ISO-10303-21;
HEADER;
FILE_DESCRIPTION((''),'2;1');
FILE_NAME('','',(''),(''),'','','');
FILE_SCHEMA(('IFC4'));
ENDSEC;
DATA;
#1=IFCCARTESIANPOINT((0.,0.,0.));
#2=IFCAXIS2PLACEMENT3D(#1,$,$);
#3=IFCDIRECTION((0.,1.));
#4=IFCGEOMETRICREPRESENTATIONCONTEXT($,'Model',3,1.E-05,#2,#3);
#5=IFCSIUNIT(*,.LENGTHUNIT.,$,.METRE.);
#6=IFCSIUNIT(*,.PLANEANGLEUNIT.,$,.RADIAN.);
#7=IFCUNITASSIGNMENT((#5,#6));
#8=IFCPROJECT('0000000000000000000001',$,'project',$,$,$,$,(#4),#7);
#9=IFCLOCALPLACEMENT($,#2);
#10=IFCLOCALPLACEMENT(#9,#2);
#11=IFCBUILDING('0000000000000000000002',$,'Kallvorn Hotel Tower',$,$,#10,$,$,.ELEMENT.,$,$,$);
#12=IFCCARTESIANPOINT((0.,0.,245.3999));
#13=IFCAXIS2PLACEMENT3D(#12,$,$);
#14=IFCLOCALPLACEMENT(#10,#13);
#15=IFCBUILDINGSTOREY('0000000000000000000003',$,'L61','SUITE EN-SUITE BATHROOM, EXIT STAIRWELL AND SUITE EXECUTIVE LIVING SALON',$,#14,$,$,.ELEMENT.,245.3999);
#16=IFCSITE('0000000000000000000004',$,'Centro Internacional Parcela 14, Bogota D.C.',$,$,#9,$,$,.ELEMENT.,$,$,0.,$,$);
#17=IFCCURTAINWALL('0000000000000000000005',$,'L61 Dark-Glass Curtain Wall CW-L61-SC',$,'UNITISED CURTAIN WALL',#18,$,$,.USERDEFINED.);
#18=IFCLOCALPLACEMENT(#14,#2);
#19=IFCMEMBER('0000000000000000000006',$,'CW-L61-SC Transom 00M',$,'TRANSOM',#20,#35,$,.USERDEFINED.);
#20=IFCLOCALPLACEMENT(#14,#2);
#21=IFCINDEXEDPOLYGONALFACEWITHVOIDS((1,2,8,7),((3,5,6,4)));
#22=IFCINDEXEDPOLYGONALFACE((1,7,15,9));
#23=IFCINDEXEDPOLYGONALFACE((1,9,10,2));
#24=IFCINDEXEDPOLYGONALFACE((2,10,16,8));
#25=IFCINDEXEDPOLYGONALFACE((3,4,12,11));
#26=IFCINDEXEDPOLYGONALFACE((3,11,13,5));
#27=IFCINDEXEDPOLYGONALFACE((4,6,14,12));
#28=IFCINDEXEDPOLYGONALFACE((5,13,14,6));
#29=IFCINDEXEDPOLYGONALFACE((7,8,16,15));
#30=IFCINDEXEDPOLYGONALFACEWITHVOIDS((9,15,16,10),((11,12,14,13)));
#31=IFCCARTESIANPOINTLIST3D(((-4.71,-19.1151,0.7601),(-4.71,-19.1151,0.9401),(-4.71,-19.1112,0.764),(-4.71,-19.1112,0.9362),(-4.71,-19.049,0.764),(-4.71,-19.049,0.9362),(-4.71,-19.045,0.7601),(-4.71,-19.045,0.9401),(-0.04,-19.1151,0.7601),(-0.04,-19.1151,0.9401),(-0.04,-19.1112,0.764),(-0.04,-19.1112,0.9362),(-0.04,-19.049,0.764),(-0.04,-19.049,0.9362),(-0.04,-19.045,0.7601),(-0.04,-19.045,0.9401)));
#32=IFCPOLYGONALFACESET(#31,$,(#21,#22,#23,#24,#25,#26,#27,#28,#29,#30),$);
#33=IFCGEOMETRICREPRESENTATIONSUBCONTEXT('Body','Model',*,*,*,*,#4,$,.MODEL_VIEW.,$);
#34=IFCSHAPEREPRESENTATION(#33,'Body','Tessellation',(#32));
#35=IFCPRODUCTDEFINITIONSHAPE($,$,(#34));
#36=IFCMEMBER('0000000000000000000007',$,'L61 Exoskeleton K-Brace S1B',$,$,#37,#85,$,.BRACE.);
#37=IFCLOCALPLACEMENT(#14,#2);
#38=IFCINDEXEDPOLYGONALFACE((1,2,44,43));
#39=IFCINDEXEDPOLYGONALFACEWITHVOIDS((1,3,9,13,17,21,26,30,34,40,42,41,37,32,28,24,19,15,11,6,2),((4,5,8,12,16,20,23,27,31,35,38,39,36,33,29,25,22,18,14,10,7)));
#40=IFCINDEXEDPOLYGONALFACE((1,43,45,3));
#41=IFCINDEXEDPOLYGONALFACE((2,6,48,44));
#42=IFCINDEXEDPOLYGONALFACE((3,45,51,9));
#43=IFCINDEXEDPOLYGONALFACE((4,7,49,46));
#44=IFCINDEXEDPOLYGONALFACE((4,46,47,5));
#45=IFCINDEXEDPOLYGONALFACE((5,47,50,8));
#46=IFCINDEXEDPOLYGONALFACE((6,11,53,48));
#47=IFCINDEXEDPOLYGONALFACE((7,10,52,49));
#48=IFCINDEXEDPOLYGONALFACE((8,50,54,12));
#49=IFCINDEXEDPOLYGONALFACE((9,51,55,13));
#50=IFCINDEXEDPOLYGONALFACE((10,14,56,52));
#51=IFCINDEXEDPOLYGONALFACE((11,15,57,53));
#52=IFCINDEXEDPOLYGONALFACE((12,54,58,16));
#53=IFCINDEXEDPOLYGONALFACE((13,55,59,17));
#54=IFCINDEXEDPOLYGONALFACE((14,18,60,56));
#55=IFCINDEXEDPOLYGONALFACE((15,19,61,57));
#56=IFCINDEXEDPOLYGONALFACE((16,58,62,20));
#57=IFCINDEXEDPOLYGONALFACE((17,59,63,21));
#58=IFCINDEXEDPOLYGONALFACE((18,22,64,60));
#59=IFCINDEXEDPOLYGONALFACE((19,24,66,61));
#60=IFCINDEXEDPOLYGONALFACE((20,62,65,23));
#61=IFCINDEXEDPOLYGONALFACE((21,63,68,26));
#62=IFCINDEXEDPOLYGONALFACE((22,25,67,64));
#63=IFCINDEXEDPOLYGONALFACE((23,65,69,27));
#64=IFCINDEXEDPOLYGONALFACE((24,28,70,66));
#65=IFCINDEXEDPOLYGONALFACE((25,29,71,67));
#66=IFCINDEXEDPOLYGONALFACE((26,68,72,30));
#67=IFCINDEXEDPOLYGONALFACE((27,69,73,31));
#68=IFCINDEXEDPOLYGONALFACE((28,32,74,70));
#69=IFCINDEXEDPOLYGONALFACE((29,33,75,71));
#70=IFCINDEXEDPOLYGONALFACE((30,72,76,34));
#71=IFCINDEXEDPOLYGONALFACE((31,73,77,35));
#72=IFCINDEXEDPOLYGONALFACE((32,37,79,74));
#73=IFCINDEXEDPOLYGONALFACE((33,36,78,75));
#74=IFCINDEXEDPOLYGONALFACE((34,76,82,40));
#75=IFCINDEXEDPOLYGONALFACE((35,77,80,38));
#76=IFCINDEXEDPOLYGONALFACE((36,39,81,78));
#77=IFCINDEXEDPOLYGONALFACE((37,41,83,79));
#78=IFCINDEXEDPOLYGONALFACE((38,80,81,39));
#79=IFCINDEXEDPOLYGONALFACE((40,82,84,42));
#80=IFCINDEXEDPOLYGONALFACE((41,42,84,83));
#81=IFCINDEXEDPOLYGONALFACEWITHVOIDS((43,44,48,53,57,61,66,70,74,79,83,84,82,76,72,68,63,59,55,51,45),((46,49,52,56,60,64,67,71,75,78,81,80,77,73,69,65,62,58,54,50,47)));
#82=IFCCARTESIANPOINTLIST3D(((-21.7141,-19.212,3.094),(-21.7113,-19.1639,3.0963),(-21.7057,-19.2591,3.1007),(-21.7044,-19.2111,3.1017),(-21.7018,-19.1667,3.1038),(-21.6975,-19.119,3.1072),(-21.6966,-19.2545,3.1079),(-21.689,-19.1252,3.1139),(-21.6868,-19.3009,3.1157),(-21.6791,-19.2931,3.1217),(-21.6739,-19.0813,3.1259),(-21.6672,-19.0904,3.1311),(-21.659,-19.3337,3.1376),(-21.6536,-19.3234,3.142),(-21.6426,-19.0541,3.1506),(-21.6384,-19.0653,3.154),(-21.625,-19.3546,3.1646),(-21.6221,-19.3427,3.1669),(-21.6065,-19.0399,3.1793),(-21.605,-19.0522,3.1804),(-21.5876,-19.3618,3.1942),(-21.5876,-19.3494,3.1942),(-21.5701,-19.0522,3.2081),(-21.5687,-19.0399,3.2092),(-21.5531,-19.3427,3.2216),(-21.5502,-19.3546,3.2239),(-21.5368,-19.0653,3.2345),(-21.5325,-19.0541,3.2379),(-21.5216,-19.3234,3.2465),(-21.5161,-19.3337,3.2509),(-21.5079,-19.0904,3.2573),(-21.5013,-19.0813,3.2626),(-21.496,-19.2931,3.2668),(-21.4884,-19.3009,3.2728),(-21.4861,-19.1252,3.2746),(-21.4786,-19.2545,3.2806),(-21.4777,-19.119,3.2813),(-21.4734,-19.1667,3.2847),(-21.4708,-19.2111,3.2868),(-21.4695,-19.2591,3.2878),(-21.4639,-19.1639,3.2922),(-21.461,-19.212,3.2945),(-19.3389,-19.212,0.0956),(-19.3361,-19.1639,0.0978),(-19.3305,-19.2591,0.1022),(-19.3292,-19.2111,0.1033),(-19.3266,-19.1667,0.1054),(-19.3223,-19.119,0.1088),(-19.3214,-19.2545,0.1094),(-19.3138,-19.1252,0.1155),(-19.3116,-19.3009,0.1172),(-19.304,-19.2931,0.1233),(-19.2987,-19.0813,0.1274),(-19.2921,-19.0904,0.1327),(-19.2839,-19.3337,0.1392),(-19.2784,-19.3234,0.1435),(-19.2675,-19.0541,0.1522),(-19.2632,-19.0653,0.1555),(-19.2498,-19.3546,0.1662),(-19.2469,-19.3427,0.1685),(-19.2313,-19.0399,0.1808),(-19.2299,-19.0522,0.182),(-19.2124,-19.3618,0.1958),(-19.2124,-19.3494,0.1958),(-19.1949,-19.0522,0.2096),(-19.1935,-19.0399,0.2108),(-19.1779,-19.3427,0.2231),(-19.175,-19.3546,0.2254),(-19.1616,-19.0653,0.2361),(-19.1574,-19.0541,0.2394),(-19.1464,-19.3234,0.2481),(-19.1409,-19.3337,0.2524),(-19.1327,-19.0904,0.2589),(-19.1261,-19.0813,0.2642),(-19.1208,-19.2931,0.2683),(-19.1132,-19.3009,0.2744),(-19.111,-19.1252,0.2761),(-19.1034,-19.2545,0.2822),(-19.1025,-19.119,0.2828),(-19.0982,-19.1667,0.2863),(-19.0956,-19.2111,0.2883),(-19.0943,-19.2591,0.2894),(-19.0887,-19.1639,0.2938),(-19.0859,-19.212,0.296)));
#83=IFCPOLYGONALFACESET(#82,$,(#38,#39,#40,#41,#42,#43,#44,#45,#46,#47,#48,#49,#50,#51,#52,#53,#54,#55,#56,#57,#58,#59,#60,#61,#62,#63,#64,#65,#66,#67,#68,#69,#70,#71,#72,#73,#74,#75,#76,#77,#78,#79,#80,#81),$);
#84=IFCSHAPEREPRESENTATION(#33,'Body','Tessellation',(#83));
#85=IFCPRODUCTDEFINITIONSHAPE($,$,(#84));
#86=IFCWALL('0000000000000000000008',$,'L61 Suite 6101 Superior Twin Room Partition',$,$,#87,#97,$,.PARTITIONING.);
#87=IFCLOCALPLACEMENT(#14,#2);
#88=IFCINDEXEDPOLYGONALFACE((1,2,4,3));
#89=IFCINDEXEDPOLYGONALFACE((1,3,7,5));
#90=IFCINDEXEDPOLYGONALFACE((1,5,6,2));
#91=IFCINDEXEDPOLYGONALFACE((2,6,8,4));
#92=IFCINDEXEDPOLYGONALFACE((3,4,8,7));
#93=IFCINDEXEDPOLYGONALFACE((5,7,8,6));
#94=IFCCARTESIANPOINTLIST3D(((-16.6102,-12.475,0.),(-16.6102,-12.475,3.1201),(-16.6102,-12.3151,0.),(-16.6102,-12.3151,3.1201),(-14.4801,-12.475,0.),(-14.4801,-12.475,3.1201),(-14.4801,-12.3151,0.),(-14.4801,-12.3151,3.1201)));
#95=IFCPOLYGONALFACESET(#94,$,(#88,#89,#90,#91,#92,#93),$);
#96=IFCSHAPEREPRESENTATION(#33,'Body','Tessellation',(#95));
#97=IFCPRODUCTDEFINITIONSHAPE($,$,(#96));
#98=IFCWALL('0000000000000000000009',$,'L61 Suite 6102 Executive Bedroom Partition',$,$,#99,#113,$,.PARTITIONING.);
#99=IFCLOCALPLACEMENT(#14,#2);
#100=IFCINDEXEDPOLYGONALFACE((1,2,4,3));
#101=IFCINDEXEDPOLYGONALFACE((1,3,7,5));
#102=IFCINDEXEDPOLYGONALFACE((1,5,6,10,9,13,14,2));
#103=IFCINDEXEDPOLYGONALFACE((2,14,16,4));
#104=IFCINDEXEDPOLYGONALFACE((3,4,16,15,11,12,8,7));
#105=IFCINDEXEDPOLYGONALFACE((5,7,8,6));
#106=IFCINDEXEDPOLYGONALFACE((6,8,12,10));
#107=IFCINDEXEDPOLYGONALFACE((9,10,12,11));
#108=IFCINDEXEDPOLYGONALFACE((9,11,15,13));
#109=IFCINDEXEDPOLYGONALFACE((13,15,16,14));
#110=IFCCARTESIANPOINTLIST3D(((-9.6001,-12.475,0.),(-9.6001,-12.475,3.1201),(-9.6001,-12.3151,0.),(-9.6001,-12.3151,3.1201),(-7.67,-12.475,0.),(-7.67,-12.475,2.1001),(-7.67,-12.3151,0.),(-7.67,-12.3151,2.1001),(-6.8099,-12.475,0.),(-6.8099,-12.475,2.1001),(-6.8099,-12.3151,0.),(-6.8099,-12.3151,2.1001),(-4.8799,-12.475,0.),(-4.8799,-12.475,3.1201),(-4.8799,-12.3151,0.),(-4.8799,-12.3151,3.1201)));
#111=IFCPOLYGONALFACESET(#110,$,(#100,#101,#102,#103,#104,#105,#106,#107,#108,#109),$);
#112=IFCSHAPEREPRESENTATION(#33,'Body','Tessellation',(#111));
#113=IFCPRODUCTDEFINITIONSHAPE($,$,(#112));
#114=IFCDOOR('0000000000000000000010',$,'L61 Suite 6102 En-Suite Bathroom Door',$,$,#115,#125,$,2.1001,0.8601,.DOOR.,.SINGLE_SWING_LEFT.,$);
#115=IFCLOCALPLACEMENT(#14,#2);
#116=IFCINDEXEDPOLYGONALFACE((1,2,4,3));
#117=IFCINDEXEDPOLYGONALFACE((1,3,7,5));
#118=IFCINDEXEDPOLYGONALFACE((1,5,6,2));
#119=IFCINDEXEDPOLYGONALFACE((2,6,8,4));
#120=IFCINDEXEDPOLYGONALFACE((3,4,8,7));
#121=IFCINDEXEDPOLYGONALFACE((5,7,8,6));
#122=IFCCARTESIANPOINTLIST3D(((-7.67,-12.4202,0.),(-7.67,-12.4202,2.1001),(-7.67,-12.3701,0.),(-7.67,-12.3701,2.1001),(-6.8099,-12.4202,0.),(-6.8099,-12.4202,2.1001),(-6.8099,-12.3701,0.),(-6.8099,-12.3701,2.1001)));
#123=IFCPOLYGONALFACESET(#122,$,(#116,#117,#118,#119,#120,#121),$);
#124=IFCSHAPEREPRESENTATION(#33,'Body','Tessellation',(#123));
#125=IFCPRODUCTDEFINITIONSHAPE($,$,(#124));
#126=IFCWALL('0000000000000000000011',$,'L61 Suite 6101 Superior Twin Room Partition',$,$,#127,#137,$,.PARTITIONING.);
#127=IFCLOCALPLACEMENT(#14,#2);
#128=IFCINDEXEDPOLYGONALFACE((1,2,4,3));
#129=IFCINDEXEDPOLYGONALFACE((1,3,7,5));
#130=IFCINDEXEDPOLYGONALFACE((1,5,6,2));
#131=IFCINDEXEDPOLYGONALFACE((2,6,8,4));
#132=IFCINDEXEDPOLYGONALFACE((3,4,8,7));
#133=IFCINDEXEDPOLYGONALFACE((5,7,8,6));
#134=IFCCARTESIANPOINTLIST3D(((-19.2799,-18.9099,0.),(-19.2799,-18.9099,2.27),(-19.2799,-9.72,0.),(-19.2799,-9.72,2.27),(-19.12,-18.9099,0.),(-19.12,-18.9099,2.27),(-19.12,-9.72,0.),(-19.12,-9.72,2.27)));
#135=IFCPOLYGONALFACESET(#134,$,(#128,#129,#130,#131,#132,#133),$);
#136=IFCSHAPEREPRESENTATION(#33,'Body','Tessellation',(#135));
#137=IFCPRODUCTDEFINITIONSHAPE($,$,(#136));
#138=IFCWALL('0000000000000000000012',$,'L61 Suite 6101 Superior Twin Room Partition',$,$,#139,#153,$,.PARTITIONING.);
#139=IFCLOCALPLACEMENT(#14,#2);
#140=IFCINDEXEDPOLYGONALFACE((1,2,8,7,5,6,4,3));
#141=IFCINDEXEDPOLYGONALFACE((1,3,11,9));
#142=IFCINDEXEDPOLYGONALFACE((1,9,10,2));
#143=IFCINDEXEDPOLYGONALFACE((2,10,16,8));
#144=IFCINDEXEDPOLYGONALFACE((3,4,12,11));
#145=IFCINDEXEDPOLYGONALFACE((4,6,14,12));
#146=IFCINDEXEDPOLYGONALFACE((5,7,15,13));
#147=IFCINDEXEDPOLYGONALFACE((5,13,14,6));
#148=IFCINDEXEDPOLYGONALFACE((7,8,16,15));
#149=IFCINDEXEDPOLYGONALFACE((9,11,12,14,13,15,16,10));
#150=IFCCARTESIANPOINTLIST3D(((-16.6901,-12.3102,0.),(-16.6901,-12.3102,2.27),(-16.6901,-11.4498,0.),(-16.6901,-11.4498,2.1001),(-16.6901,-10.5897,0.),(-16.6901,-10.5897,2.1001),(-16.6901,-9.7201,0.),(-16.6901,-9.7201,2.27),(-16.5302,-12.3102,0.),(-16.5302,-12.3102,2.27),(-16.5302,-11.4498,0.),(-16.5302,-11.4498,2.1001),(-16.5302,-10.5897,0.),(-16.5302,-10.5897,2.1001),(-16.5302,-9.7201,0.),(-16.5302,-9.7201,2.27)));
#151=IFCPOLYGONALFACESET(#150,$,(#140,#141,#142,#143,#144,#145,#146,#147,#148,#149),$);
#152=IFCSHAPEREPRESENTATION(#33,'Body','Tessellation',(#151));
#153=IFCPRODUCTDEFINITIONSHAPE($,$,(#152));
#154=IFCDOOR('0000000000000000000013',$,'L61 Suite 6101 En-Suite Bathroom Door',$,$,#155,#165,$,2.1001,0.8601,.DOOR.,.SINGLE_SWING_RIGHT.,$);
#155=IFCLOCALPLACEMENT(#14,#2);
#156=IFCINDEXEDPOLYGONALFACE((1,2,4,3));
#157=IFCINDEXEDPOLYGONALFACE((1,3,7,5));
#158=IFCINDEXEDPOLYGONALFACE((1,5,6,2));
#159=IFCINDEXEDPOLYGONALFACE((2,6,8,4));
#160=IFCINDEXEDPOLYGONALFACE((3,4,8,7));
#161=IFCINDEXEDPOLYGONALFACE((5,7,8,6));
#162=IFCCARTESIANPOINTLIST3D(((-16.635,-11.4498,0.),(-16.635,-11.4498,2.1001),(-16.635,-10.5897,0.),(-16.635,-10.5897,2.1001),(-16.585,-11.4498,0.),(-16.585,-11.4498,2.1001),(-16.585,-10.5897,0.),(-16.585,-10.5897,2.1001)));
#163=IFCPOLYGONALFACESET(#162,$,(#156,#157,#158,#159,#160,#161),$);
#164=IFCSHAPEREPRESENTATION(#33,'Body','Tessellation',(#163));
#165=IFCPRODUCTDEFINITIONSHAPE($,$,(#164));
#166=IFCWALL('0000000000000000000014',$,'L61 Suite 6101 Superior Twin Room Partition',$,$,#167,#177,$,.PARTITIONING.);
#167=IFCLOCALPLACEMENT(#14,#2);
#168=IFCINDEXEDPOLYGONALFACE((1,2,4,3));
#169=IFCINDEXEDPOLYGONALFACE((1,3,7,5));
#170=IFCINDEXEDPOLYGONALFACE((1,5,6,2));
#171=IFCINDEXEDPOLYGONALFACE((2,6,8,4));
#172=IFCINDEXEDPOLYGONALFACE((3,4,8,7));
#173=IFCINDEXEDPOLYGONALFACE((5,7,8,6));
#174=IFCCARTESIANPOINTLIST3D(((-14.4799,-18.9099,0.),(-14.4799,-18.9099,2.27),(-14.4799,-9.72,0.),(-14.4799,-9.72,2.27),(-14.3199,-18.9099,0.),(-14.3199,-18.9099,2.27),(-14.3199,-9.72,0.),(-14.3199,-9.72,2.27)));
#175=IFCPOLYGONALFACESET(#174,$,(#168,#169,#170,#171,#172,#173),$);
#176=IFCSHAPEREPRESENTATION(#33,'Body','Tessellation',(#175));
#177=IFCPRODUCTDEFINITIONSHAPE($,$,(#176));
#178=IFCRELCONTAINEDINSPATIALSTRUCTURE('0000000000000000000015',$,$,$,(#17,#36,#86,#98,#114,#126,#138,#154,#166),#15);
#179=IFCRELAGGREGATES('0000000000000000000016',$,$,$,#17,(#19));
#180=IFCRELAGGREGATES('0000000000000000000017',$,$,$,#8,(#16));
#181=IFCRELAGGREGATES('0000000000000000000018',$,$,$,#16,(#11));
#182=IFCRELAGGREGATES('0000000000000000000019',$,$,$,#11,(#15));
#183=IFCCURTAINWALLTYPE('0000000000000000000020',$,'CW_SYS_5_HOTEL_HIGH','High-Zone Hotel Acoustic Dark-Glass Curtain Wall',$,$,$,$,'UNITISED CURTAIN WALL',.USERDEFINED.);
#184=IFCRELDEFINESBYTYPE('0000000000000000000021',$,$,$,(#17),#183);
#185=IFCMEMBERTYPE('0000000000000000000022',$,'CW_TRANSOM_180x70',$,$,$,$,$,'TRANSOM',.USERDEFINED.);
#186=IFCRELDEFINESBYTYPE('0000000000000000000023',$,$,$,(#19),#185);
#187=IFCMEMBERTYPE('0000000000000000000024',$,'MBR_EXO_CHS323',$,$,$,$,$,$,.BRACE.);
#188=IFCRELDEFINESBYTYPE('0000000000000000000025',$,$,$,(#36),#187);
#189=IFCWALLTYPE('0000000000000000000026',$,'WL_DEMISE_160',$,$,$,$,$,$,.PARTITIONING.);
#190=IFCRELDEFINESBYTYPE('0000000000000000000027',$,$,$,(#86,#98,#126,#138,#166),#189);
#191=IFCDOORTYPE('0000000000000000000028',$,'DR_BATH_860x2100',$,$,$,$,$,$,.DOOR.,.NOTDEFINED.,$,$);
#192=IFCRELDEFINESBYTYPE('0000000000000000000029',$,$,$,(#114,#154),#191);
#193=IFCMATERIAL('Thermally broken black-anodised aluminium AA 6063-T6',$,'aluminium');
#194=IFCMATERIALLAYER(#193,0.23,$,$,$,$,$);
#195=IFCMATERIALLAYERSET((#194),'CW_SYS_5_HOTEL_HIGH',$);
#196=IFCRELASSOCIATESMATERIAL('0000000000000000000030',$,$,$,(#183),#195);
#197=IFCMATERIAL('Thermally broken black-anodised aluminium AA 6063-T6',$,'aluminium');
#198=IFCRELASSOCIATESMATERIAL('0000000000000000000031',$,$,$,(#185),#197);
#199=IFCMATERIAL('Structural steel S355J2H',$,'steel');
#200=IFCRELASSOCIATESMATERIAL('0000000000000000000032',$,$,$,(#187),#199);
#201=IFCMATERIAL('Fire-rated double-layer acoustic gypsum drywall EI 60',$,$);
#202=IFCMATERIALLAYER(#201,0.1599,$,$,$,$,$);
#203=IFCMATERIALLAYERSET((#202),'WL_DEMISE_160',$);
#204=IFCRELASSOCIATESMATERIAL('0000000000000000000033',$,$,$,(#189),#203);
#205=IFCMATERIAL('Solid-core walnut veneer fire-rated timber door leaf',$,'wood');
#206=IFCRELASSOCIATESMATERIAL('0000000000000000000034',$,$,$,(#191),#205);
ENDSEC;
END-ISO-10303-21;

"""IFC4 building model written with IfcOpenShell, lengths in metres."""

from ifc_helpers import new_model, si_unit, direction, frame, frame_2d, origin, origin_2d, place, context, subcontext, project, spatial, rectangle, hollow_rectangle, hollow_circle, extrude, material, layer, layer_set, material_profile, profile_set, type_object, element, fill, aggregate, save


model = new_model("IFC4")

# Units and contexts
model_context = context("Model", 3, precision=1e-05, world=origin(), true_north=direction((0.0, 1.0)))
body_context = subcontext(model_context, "Body", "Model", "MODEL_VIEW")
ifc_project = project(units=[si_unit("LENGTHUNIT", "METRE"), si_unit("PLANEANGLEUNIT", "RADIAN")], contexts=[model_context])

# Site, building, storey
site_placement = place(None, origin())
site = spatial("IfcSite", under=ifc_project, at=site_placement, Name="Centro Internacional Parcela 14, Bogota D.C.", CompositionType="ELEMENT", RefElevation=0.0)
building_placement = place(site_placement, origin())
building = spatial("IfcBuilding", under=site, at=building_placement, Name="Kallvorn Hotel Tower", CompositionType="ELEMENT")
storey_placement = place(building_placement, frame((0.0, 0.0, 245.3999)))
storey = spatial("IfcBuildingStorey", under=building, at=storey_placement, Name="L61", Description="SUITE EN-SUITE BATHROOM, EXIT STAIRWELL AND SUITE EXECUTIVE LIVING SALON", CompositionType="ELEMENT", Elevation=245.3999)

# Curtain wall, member
ifc_material_1 = material(Name="Thermally broken black-anodised aluminium AA 6063-T6", Category="aluminium")
ifc_layer_1 = layer(ifc_material_1, 0.23)
ifc_layer_set_1 = layer_set([ifc_layer_1], Name="CW_SYS_5_HOTEL_HIGH")
curtain_wall_type = type_object("IfcCurtainWallType", Name="CW_SYS_5_HOTEL_HIGH", Description="High-Zone Hotel Acoustic Dark-Glass Curtain Wall", ElementType="UNITISED CURTAIN WALL", PredefinedType="USERDEFINED", material=ifc_layer_set_1)
curtain_wall_placement = place(storey_placement, origin())
curtain_wall = element("IfcCurtainWall", 1, at=curtain_wall_placement, inside=storey, type_object=curtain_wall_type, Name="L61 Dark-Glass Curtain Wall CW-L61-SC", ObjectType="UNITISED CURTAIN WALL", PredefinedType="USERDEFINED")
ifc_material_2 = material(Name="Thermally broken black-anodised aluminium AA 6063-T6", Category="aluminium")
ifc_material_profile_1 = material_profile(ifc_material_2, hollow_rectangle(XDim=0.0701, YDim=0.1799, WallThickness=0.0039, at=origin_2d()), Name="TRN 180x70")
ifc_profile_set_1 = profile_set([ifc_material_profile_1], Name="Thermally broken black-anodised aluminium AA 6063-T6")
member_type_1 = type_object("IfcMemberType", Name="CW_TRANSOM_180x70", ElementType="TRANSOM", PredefinedType="USERDEFINED", material=ifc_profile_set_1)
member_1_placement = place(storey_placement, frame((-4.71, -19.0801, 0.8501), z_axis=(1.0, 0.0, 0.0), x_axis=(0.0, 1.0, 0.0)))
member_1 = element("IfcMember", 2, at=member_1_placement, type_object=member_type_1, Name="CW-L61-SC Transom 00M", ObjectType="TRANSOM", PredefinedType="USERDEFINED", context=body_context, shape_type="SweptSolid", body=[
    extrude(hollow_rectangle(XDim=0.0701, YDim=0.1799, WallThickness=0.0039, at=origin_2d()), origin(), (0.0, 0.0, 1.0), 4.6699),
])
aggregate(curtain_wall, [member_1])

# Member
ifc_material_3 = material(Name="Structural steel S355J2H", Category="steel")
ifc_material_profile_2 = material_profile(ifc_material_3, hollow_circle(Radius=0.1619, WallThickness=0.0125, at=origin_2d()), Name="CHS 323.9x12.5")
ifc_profile_set_2 = profile_set([ifc_material_profile_2], Name="Structural steel S355J2H")
member_type_2 = type_object("IfcMemberType", Name="MBR_EXO_CHS323", PredefinedType="BRACE", material=ifc_profile_set_2)
member_2_placement = place(storey_placement, frame((-19.2124, -19.2, 0.1958), z_axis=(-0.620929, 0.0, 0.783867), x_axis=(0.0, -1.0, 0.0)))
element("IfcMember", 3, at=member_2_placement, inside=storey, type_object=member_type_2, Name="L61 Exoskeleton K-Brace S1B", PredefinedType="BRACE", context=body_context, shape_type="SweptSolid", body=[
    extrude(hollow_circle(Radius=0.1619, WallThickness=0.0125, at=origin_2d()), origin(), (0.0, 0.0, 1.0), 3.8252),
])

# Wall
ifc_material_4 = material(Name="Fire-rated double-layer acoustic gypsum drywall EI 60")
ifc_layer_2 = layer(ifc_material_4, 0.1599)
ifc_layer_set_2 = layer_set([ifc_layer_2], Name="WL_DEMISE_160")
wall_type = type_object("IfcWallType", Name="WL_DEMISE_160", PredefinedType="PARTITIONING", material=ifc_layer_set_2)
wall_1_placement = place(storey_placement, frame((-16.6101, -12.395, 0.0), z_axis=(0.0, 0.0, 1.0), x_axis=(1.0, 0.0, 0.0)))
element("IfcWall", 4, at=wall_1_placement, inside=storey, type_object=wall_type, Name="L61 Suite 6101 Superior Twin Room Partition", PredefinedType="PARTITIONING", context=body_context, shape_type="SweptSolid", body=[
    extrude(rectangle(XDim=2.1301, YDim=0.1599, at=frame_2d((1.0649, 0.0))), origin(), (0.0, 0.0, 1.0), 3.1201),
])

# Wall, opening, door
wall_2_placement = place(storey_placement, frame((-9.6001, -12.395, 0.0), z_axis=(0.0, 0.0, 1.0), x_axis=(1.0, 0.0, 0.0)))
wall_2 = element("IfcWall", 5, at=wall_2_placement, inside=storey, type_object=wall_type, Name="L61 Suite 6102 Executive Bedroom Partition", PredefinedType="PARTITIONING", context=body_context, shape_type="SweptSolid", body=[
    extrude(rectangle(XDim=4.7202, YDim=0.1599, at=frame_2d((2.3601, 0.0))), origin(), (0.0, 0.0, 1.0), 3.1201),
])
opening_1_placement = place(wall_2_placement, frame((1.9299, 0.0, 0.0)))
opening_1 = element("IfcOpeningElement", 6, at=opening_1_placement, cuts=wall_2, PredefinedType="OPENING", context=body_context, shape_type="SweptSolid", body=[
    extrude(rectangle(XDim=0.8601, YDim=2.1001, at=frame_2d((0.4302, 1.05))), frame((0.0, 0.095, 0.0), z_axis=(0.0, -1.0, 0.0), x_axis=(1.0, 0.0, 0.0)), (0.0, 0.0, 1.0), 0.1899),
])
ifc_material_5 = material(Name="Solid-core walnut veneer fire-rated timber door leaf", Category="wood")
door_type_1 = type_object("IfcDoorType", Name="DR_BATH_860x2100", OperationType="NOTDEFINED", PredefinedType="DOOR", material=ifc_material_5)
door_1_placement = place(opening_1_placement, origin())
door_1 = element("IfcDoor", 7, at=door_1_placement, inside=storey, type_object=door_type_1, Name="L61 Suite 6102 En-Suite Bathroom Door", OperationType="SINGLE_SWING_LEFT", OverallHeight=2.1001, OverallWidth=0.8601, PredefinedType="DOOR", context=body_context, shape_type="SweptSolid", body=[
    extrude(rectangle(XDim=0.8601, YDim=2.1001, at=frame_2d((0.4302, 1.05))), frame((0.0, 0.0249, 0.0), z_axis=(0.0, -1.0, 0.0), x_axis=(1.0, 0.0, 0.0)), (0.0, 0.0, 1.0), 0.05),
])
fill(opening_1, door_1)

# Wall
wall_3_placement = place(storey_placement, frame((-19.2, -18.9099, 0.0), z_axis=(0.0, 0.0, 1.0), x_axis=(0.0, 1.0, 0.0)))
element("IfcWall", 8, at=wall_3_placement, inside=storey, type_object=wall_type, Name="L61 Suite 6101 Superior Twin Room Partition", PredefinedType="PARTITIONING", context=body_context, shape_type="SweptSolid", body=[
    extrude(rectangle(XDim=9.1899, YDim=0.1599, at=frame_2d((4.595, 0.0))), origin(), (0.0, 0.0, 1.0), 2.27),
])

# Wall, opening, door
wall_4_placement = place(storey_placement, frame((-16.6101, -12.3101, 0.0), z_axis=(0.0, 0.0, 1.0), x_axis=(0.0, 1.0, 0.0)))
wall_4 = element("IfcWall", 9, at=wall_4_placement, inside=storey, type_object=wall_type, Name="L61 Suite 6101 Superior Twin Room Partition", PredefinedType="PARTITIONING", context=body_context, shape_type="SweptSolid", body=[
    extrude(rectangle(XDim=2.5901, YDim=0.1599, at=frame_2d((1.2949, 0.0))), origin(), (0.0, 0.0, 1.0), 2.27),
])
opening_2_placement = place(wall_4_placement, frame((0.8601, 0.0, 0.0)))
opening_2 = element("IfcOpeningElement", 10, at=opening_2_placement, cuts=wall_4, PredefinedType="OPENING", context=body_context, shape_type="SweptSolid", body=[
    extrude(rectangle(XDim=0.8601, YDim=2.1001, at=frame_2d((0.4302, 1.05))), frame((0.0, 0.095, 0.0), z_axis=(0.0, -1.0, 0.0), x_axis=(1.0, 0.0, 0.0)), (0.0, 0.0, 1.0), 0.1899),
])
door_2_placement = place(opening_2_placement, origin())
door_2 = element("IfcDoor", 11, at=door_2_placement, inside=storey, type_object=door_type_1, Name="L61 Suite 6101 En-Suite Bathroom Door", OperationType="SINGLE_SWING_RIGHT", OverallHeight=2.1001, OverallWidth=0.8601, PredefinedType="DOOR", context=body_context, shape_type="SweptSolid", body=[
    extrude(rectangle(XDim=0.8601, YDim=2.1001, at=frame_2d((0.4302, 1.05))), frame((0.0, 0.0249, 0.0), z_axis=(0.0, -1.0, 0.0), x_axis=(1.0, 0.0, 0.0)), (0.0, 0.0, 1.0), 0.05),
])
fill(opening_2, door_2)

# Wall
wall_5_placement = place(storey_placement, frame((-14.3999, -18.9099, 0.0), z_axis=(0.0, 0.0, 1.0), x_axis=(0.0, 1.0, 0.0)))
element("IfcWall", 12, at=wall_5_placement, inside=storey, type_object=wall_type, Name="L61 Suite 6101 Superior Twin Room Partition", PredefinedType="PARTITIONING", context=body_context, shape_type="SweptSolid", body=[
    extrude(rectangle(XDim=9.1899, YDim=0.1599, at=frame_2d((4.595, 0.0))), origin(), (0.0, 0.0, 1.0), 2.27),
])

save(model, "model.ifc")
